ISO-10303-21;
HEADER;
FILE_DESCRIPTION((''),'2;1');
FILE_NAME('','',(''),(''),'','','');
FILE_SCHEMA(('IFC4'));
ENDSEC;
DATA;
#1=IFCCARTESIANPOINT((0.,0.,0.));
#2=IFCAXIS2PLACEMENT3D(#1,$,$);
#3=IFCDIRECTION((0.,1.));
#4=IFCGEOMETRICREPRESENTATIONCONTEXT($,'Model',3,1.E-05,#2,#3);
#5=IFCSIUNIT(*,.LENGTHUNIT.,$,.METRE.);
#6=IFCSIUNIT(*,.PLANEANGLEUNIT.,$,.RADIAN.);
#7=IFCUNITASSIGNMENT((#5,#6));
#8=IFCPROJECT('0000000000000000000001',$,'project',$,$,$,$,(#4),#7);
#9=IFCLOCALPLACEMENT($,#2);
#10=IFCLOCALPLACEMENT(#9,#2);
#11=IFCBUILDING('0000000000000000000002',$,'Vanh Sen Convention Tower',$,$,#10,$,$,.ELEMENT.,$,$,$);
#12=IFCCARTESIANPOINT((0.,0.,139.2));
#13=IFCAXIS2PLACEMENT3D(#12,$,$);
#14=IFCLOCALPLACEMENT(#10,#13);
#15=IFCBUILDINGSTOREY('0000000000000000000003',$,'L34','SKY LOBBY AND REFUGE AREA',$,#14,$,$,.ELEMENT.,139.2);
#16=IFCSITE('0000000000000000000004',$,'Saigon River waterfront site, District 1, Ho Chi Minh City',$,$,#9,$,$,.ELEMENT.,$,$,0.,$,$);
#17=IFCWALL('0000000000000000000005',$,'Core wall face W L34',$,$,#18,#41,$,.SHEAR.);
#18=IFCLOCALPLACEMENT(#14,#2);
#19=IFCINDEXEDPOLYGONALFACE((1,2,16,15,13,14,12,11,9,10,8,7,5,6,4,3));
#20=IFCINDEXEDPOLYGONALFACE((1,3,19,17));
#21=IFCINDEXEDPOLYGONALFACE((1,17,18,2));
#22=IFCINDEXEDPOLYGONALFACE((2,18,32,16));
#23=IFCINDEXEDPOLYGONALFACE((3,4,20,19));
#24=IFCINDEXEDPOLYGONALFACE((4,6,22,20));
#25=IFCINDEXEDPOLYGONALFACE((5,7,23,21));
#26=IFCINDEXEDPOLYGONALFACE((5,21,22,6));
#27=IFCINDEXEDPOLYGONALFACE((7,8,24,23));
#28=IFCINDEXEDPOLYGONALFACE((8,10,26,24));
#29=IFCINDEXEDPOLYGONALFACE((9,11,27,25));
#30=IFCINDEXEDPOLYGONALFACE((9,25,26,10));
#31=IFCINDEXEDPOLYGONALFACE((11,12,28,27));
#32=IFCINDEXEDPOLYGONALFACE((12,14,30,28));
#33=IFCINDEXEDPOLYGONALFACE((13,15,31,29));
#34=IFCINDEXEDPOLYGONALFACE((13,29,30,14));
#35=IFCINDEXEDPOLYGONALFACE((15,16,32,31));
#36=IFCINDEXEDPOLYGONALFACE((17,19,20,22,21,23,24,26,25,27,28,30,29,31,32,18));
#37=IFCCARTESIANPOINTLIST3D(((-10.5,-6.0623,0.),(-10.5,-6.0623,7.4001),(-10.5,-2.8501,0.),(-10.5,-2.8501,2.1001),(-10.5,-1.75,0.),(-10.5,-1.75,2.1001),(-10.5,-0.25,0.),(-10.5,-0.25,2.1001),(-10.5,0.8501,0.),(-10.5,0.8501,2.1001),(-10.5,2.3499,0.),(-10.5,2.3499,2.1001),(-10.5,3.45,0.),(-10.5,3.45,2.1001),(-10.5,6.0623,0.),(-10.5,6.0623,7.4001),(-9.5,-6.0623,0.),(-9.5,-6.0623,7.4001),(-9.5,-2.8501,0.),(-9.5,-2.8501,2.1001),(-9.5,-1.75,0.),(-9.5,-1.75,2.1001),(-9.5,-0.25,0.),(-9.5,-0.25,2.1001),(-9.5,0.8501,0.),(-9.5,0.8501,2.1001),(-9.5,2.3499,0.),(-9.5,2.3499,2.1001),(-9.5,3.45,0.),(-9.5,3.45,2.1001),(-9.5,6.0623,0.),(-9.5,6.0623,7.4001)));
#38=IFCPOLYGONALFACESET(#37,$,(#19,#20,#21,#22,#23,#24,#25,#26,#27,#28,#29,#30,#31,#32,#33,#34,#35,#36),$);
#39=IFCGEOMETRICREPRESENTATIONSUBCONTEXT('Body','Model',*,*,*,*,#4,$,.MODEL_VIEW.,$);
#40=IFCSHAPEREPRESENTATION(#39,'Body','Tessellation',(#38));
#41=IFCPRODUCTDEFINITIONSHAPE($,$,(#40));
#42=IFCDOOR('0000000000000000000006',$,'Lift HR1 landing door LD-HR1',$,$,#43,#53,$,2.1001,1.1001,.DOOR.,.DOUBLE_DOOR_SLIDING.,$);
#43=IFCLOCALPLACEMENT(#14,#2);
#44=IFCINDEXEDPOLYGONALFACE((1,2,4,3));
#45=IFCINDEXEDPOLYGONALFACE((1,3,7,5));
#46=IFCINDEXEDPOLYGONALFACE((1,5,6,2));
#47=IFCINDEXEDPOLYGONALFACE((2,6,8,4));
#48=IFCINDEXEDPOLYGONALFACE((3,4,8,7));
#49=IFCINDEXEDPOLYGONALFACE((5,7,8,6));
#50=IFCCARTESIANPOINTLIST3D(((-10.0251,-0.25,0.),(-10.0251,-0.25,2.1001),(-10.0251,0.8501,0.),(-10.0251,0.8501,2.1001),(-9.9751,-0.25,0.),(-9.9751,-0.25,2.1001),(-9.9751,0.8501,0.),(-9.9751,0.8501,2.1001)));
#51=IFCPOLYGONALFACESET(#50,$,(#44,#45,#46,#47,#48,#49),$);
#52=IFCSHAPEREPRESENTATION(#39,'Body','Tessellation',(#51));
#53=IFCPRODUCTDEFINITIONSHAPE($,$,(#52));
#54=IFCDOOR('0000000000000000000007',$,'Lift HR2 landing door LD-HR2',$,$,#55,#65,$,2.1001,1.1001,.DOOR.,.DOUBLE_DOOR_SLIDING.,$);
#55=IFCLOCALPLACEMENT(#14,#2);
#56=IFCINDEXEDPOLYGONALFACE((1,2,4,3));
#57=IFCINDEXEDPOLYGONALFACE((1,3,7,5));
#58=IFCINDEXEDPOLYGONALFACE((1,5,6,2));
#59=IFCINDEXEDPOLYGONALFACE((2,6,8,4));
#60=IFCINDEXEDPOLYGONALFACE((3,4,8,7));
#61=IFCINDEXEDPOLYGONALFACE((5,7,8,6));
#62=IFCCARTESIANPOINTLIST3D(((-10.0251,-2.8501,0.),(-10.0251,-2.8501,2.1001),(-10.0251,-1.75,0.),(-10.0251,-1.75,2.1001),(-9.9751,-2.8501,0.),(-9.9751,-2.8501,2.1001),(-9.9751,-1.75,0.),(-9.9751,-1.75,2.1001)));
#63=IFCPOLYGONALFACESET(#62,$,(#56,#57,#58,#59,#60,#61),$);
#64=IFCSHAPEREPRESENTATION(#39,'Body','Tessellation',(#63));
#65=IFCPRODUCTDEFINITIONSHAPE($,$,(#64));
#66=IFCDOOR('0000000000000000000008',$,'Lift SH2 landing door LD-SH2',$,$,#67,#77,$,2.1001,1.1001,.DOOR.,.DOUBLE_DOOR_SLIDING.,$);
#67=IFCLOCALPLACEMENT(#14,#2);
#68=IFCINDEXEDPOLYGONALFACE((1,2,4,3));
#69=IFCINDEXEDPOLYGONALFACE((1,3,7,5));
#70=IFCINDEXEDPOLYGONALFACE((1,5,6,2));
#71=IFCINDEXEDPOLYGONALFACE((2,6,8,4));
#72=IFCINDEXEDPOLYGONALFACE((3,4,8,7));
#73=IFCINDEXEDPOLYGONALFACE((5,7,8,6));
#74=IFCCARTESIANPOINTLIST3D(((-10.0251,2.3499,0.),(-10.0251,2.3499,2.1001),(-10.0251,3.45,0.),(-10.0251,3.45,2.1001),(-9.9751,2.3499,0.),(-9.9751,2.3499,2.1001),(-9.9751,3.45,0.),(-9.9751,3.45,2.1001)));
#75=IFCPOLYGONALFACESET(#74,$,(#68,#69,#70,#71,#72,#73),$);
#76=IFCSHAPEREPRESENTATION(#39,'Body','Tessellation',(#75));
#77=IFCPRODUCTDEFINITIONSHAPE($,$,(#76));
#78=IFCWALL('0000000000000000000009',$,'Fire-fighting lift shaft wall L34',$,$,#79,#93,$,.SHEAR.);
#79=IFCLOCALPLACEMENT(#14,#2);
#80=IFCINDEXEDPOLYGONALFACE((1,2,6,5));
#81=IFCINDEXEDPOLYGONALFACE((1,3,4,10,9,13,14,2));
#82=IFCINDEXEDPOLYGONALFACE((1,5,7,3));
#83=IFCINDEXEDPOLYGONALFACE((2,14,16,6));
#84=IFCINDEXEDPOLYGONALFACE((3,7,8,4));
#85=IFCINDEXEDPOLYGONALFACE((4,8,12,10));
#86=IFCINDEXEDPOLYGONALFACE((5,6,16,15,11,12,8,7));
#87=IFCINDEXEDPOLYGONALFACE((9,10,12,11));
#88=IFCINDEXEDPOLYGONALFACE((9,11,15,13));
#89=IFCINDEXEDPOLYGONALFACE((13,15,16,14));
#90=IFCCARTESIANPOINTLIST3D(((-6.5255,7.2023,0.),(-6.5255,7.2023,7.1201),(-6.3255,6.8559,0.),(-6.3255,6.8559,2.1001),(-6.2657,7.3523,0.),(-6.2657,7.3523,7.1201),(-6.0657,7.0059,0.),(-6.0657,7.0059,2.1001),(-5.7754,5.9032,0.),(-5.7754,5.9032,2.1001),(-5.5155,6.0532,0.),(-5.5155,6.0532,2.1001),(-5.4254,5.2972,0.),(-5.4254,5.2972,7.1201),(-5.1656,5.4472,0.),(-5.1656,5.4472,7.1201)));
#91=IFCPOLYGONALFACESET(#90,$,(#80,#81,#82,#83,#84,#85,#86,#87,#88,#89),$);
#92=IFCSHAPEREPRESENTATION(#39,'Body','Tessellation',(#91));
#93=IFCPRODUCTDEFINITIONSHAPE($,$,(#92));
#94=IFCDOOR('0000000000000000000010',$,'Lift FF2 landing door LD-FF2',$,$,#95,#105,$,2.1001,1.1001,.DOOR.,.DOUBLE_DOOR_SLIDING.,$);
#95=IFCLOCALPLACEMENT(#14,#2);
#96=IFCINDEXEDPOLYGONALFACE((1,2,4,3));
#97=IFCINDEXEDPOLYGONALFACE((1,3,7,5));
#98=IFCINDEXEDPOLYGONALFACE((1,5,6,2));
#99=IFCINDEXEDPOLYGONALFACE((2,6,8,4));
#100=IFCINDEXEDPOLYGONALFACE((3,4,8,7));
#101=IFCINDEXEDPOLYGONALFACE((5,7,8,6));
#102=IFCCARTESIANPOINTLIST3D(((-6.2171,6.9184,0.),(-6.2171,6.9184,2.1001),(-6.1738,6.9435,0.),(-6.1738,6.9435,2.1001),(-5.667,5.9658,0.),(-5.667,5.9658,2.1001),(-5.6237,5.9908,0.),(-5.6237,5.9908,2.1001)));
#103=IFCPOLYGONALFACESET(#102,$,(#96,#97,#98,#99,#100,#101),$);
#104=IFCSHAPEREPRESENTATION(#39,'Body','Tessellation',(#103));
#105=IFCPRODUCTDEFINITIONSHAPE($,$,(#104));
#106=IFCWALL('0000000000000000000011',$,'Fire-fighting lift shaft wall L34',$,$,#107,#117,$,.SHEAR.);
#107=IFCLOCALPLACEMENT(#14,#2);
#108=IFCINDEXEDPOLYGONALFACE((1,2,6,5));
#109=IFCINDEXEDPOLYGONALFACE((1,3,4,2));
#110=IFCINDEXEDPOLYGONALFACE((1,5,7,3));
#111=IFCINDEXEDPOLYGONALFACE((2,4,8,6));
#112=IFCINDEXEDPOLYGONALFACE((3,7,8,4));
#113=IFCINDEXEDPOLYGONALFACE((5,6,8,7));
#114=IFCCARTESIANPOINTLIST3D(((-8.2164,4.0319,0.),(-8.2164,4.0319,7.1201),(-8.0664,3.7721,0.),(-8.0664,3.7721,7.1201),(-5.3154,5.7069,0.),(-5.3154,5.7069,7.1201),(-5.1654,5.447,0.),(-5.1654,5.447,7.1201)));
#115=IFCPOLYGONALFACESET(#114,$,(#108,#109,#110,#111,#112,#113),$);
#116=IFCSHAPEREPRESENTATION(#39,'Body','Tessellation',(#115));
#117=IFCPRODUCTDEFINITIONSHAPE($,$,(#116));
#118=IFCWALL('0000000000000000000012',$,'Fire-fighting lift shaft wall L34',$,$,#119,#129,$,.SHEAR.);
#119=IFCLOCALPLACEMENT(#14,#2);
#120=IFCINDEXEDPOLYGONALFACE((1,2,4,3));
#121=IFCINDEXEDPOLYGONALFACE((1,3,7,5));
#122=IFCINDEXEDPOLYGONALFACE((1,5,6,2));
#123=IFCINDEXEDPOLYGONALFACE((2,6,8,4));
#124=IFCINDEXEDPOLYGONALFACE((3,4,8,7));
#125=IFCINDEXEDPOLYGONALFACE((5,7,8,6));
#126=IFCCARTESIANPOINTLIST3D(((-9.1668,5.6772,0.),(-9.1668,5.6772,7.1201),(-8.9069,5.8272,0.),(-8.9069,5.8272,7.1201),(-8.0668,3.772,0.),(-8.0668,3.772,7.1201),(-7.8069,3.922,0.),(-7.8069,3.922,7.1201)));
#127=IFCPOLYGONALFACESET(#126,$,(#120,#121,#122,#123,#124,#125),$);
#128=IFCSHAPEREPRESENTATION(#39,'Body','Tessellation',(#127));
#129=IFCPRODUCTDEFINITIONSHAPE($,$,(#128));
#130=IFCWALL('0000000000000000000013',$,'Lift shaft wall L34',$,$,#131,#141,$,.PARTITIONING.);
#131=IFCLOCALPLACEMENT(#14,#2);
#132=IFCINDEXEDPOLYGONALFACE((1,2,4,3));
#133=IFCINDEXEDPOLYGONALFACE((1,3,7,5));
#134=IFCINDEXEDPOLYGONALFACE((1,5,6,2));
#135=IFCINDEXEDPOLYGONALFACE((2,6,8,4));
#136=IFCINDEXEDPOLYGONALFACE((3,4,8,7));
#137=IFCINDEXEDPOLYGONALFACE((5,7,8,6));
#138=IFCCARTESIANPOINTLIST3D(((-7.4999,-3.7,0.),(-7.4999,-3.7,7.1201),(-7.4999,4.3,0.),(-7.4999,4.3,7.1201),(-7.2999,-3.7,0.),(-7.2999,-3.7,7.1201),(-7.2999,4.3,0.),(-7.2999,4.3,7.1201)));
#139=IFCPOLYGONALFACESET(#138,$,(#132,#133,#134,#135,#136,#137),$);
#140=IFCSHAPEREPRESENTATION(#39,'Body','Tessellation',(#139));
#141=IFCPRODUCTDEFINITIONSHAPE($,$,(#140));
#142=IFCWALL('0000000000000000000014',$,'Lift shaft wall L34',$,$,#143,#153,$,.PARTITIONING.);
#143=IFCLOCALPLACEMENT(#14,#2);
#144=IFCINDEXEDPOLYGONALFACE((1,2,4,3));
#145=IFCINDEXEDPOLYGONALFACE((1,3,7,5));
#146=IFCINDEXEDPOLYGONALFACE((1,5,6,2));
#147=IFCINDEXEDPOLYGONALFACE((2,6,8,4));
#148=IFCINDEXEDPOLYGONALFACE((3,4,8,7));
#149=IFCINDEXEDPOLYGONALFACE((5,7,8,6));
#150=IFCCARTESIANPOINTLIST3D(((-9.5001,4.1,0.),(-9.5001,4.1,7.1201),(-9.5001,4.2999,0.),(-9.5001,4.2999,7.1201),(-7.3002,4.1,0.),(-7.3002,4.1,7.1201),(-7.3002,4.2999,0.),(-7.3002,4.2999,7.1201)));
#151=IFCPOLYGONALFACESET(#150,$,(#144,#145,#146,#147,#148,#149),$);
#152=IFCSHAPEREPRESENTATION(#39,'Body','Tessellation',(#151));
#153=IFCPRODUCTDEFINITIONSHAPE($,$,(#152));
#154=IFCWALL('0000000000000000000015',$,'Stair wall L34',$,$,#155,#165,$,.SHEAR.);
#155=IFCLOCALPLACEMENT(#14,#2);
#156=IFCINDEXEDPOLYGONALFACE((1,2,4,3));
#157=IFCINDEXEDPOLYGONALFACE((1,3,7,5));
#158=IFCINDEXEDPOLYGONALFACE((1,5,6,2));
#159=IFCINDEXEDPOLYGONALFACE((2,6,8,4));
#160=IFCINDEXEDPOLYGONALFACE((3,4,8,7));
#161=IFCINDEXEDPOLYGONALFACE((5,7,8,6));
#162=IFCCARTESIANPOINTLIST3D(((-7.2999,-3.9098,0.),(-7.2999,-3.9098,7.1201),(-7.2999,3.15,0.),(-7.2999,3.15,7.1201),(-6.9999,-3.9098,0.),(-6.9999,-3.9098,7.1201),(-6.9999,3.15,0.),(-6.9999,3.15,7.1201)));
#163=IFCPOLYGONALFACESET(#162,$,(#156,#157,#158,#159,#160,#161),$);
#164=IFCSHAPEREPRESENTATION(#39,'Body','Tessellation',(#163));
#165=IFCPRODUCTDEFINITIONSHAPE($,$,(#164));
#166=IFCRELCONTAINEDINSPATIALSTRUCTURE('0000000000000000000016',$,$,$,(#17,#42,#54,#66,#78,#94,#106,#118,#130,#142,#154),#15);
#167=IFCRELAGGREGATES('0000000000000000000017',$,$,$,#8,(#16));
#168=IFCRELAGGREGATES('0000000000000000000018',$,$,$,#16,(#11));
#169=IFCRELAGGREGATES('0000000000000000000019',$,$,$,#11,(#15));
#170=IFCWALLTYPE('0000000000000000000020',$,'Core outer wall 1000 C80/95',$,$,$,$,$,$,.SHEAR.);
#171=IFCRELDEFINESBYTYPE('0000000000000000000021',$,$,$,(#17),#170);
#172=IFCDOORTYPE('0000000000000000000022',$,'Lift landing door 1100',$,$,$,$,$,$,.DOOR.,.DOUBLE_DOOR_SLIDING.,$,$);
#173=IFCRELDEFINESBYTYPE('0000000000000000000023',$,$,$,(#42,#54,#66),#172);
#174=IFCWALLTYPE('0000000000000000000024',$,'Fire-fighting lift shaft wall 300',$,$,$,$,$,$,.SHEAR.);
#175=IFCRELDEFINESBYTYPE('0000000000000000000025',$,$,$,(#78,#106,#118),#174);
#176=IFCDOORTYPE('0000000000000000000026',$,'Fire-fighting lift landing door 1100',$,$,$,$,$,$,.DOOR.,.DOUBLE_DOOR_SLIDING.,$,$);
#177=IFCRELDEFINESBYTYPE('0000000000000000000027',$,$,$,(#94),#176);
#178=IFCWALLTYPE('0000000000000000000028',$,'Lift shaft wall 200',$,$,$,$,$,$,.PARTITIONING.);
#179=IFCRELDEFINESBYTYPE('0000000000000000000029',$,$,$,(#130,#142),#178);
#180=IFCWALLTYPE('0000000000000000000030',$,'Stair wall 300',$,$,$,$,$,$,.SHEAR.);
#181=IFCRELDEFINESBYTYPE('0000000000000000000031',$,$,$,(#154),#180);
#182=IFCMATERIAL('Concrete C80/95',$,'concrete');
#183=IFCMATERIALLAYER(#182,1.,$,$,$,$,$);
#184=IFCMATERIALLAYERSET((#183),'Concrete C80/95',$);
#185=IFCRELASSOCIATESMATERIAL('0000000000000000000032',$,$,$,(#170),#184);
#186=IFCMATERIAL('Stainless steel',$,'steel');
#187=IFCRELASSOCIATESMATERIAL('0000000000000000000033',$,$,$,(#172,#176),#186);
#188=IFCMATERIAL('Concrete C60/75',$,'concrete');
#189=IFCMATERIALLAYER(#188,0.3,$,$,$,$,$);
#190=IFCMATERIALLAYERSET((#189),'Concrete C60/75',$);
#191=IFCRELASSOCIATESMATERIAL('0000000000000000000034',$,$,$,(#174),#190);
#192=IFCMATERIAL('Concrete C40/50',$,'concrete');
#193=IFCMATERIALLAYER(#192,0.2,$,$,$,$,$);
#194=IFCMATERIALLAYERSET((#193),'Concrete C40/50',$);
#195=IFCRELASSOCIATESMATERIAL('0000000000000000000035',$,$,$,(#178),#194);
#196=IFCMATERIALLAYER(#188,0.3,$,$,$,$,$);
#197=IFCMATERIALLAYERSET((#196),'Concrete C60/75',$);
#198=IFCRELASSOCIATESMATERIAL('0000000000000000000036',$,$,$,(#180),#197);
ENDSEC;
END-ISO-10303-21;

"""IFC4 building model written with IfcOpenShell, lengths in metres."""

from ifc_helpers import new_model, si_unit, direction, frame, frame_2d, origin, place, context, subcontext, project, spatial, rectangle, extrude, material, layer, layer_set, type_object, element, fill, save


model = new_model("IFC4")

# Units and contexts
model_context = context("Model", 3, precision=1e-05, world=origin(), true_north=direction((0.0, 1.0)))
body_context = subcontext(model_context, "Body", "Model", "MODEL_VIEW")
ifc_project = project(units=[si_unit("LENGTHUNIT", "METRE"), si_unit("PLANEANGLEUNIT", "RADIAN")], contexts=[model_context])

# Site, building, storey
site_placement = place(None, origin())
site = spatial("IfcSite", under=ifc_project, at=site_placement, Name="Saigon River waterfront site, District 1, Ho Chi Minh City", CompositionType="ELEMENT", RefElevation=0.0)
building_placement = place(site_placement, origin())
building = spatial("IfcBuilding", under=site, at=building_placement, Name="Vanh Sen Convention Tower", CompositionType="ELEMENT")
storey_placement = place(building_placement, frame((0.0, 0.0, 139.2)))
storey = spatial("IfcBuildingStorey", under=building, at=storey_placement, Name="L34", Description="SKY LOBBY AND REFUGE AREA", CompositionType="ELEMENT", Elevation=139.2)

# Wall, openings, doors
ifc_material_1 = material(Name="Concrete C80/95", Category="concrete")
ifc_layer_1 = layer(ifc_material_1, 1.0)
ifc_layer_set_1 = layer_set([ifc_layer_1], Name="Concrete C80/95")
wall_type_1 = type_object("IfcWallType", Name="Core outer wall 1000 C80/95", PredefinedType="SHEAR", material=ifc_layer_set_1)
wall_1_placement = place(storey_placement, frame((-10.0, 6.0623, 0.0), z_axis=(0.0, 0.0, 1.0), x_axis=(0.0, -1.0, 0.0)))
wall_1 = element("IfcWall", 1, at=wall_1_placement, inside=storey, type_object=wall_type_1, Name="Core wall face W L34", PredefinedType="SHEAR", context=body_context, shape_type="SweptSolid", body=[
    extrude(rectangle(XDim=12.1245, YDim=1.0, at=frame_2d((6.0623, 0.0))), origin(), (0.0, 0.0, 1.0), 7.4001),
])
opening_1_placement = place(wall_1_placement, frame((5.2122, 0.0, 0.0)))
opening_1 = element("IfcOpeningElement", 2, at=opening_1_placement, cuts=wall_1, PredefinedType="OPENING", context=body_context, shape_type="SweptSolid", body=[
    extrude(rectangle(XDim=1.1001, YDim=2.1001, at=frame_2d((0.55, 1.05))), frame((0.0, 0.51, 0.0), z_axis=(0.0, -1.0, 0.0), x_axis=(1.0, 0.0, 0.0)), (0.0, 0.0, 1.0), 1.02),
])
opening_2_placement = place(wall_1_placement, frame((7.8123, 0.0, 0.0)))
opening_2 = element("IfcOpeningElement", 3, at=opening_2_placement, cuts=wall_1, PredefinedType="OPENING", context=body_context, shape_type="SweptSolid", body=[
    extrude(rectangle(XDim=1.1001, YDim=2.1001, at=frame_2d((0.55, 1.05))), frame((0.0, 0.51, 0.0), z_axis=(0.0, -1.0, 0.0), x_axis=(1.0, 0.0, 0.0)), (0.0, 0.0, 1.0), 1.02),
])
opening_3_placement = place(wall_1_placement, frame((2.6123, 0.0, 0.0)))
opening_3 = element("IfcOpeningElement", 4, at=opening_3_placement, cuts=wall_1, PredefinedType="OPENING", context=body_context, shape_type="SweptSolid", body=[
    extrude(rectangle(XDim=1.1001, YDim=2.1001, at=frame_2d((0.55, 1.05))), frame((0.0, 0.51, 0.0), z_axis=(0.0, -1.0, 0.0), x_axis=(1.0, 0.0, 0.0)), (0.0, 0.0, 1.0), 1.02),
])
ifc_material_2 = material(Name="Stainless steel", Category="steel")
door_type_1 = type_object("IfcDoorType", Name="Lift landing door 1100", OperationType="DOUBLE_DOOR_SLIDING", PredefinedType="DOOR", material=ifc_material_2)
door_1_placement = place(opening_1_placement, origin())
door_1 = element("IfcDoor", 5, at=door_1_placement, inside=storey, type_object=door_type_1, Name="Lift HR1 landing door LD-HR1", OperationType="DOUBLE_DOOR_SLIDING", OverallHeight=2.1001, OverallWidth=1.1001, PredefinedType="DOOR", context=body_context, shape_type="SweptSolid", body=[
    extrude(rectangle(XDim=1.1001, YDim=2.1001, at=frame_2d((0.55, 1.05))), frame((0.0, 0.0249, 0.0), z_axis=(0.0, -1.0, 0.0), x_axis=(1.0, 0.0, 0.0)), (0.0, 0.0, 1.0), 0.05),
])
fill(opening_1, door_1)
door_2_placement = place(opening_2_placement, origin())
door_2 = element("IfcDoor", 6, at=door_2_placement, inside=storey, type_object=door_type_1, Name="Lift HR2 landing door LD-HR2", OperationType="DOUBLE_DOOR_SLIDING", OverallHeight=2.1001, OverallWidth=1.1001, PredefinedType="DOOR", context=body_context, shape_type="SweptSolid", body=[
    extrude(rectangle(XDim=1.1001, YDim=2.1001, at=frame_2d((0.55, 1.05))), frame((0.0, 0.0249, 0.0), z_axis=(0.0, -1.0, 0.0), x_axis=(1.0, 0.0, 0.0)), (0.0, 0.0, 1.0), 0.05),
])
fill(opening_2, door_2)
door_3_placement = place(opening_3_placement, origin())
door_3 = element("IfcDoor", 7, at=door_3_placement, inside=storey, type_object=door_type_1, Name="Lift SH2 landing door LD-SH2", OperationType="DOUBLE_DOOR_SLIDING", OverallHeight=2.1001, OverallWidth=1.1001, PredefinedType="DOOR", context=body_context, shape_type="SweptSolid", body=[
    extrude(rectangle(XDim=1.1001, YDim=2.1001, at=frame_2d((0.55, 1.05))), frame((0.0, 0.0249, 0.0), z_axis=(0.0, -1.0, 0.0), x_axis=(1.0, 0.0, 0.0)), (0.0, 0.0, 1.0), 0.05),
])
fill(opening_3, door_3)

# Wall, opening, door
ifc_material_3 = material(Name="Concrete C60/75", Category="concrete")
ifc_layer_2 = layer(ifc_material_3, 0.3)
ifc_layer_set_2 = layer_set([ifc_layer_2], Name="Concrete C60/75")
wall_type_2 = type_object("IfcWallType", Name="Fire-fighting lift shaft wall 300", PredefinedType="SHEAR", material=ifc_layer_set_2)
wall_2_placement = place(storey_placement, frame((-5.2954, 5.3721, 0.0), z_axis=(0.0, 0.0, 1.0), x_axis=(-0.500078, 0.86598, 0.0)))
wall_2 = element("IfcWall", 8, at=wall_2_placement, inside=storey, type_object=wall_type_2, Name="Fire-fighting lift shaft wall L34", PredefinedType="SHEAR", context=body_context, shape_type="SweptSolid", body=[
    extrude(rectangle(XDim=2.2, YDim=0.3, at=frame_2d((1.1001, 0.0))), origin(), (0.0, 0.0, 1.0), 7.1201),
])
opening_4_placement = place(wall_2_placement, frame((0.7, 0.0, 0.0)))
opening_4 = element("IfcOpeningElement", 9, at=opening_4_placement, cuts=wall_2, PredefinedType="OPENING", context=body_context, shape_type="SweptSolid", body=[
    extrude(rectangle(XDim=1.1001, YDim=2.1001, at=frame_2d((0.55, 1.05))), frame((0.0, 0.1599, 0.0), z_axis=(0.0, -1.0, 0.0), x_axis=(1.0, 0.0, 0.0)), (0.0, 0.0, 1.0), 0.3201),
])
door_type_2 = type_object("IfcDoorType", Name="Fire-fighting lift landing door 1100", OperationType="DOUBLE_DOOR_SLIDING", PredefinedType="DOOR", material=ifc_material_2)
door_4_placement = place(opening_4_placement, origin())
door_4 = element("IfcDoor", 10, at=door_4_placement, inside=storey, type_object=door_type_2, Name="Lift FF2 landing door LD-FF2", OperationType="DOUBLE_DOOR_SLIDING", OverallHeight=2.1001, OverallWidth=1.1001, PredefinedType="DOOR", context=body_context, shape_type="SweptSolid", body=[
    extrude(rectangle(XDim=1.1001, YDim=2.1001, at=frame_2d((0.55, 1.05))), frame((0.0, 0.0249, 0.0), z_axis=(0.0, -1.0, 0.0), x_axis=(1.0, 0.0, 0.0)), (0.0, 0.0, 1.0), 0.05),
])
fill(opening_4, door_4)

# Walls
wall_3_placement = place(storey_placement, frame((-5.2405, 5.5769, 0.0), z_axis=(0.0, 0.0, 1.0), x_axis=(-0.866014, -0.500019, 0.0)))
element("IfcWall", 11, at=wall_3_placement, inside=storey, type_object=wall_type_2, Name="Fire-fighting lift shaft wall L34", PredefinedType="SHEAR", context=body_context, shape_type="SweptSolid", body=[
    extrude(rectangle(XDim=3.3499, YDim=0.3, at=frame_2d((1.6748, 0.0))), origin(), (0.0, 0.0, 1.0), 7.1201),
])
wall_4_placement = place(storey_placement, frame((-7.9368, 3.8469, 0.0), z_axis=(0.0, 0.0, 1.0), x_axis=(-0.50003, 0.866008, 0.0)))
element("IfcWall", 12, at=wall_4_placement, inside=storey, type_object=wall_type_2, Name="Fire-fighting lift shaft wall L34", PredefinedType="SHEAR", context=body_context, shape_type="SweptSolid", body=[
    extrude(rectangle(XDim=2.2, YDim=0.3, at=frame_2d((1.1001, 0.0))), origin(), (0.0, 0.0, 1.0), 7.1201),
])
ifc_material_4 = material(Name="Concrete C40/50", Category="concrete")
ifc_layer_3 = layer(ifc_material_4, 0.2)
ifc_layer_set_3 = layer_set([ifc_layer_3], Name="Concrete C40/50")
wall_type_3 = type_object("IfcWallType", Name="Lift shaft wall 200", PredefinedType="PARTITIONING", material=ifc_layer_set_3)
wall_5_placement = place(storey_placement, frame((-7.3999, 4.3, 0.0), z_axis=(0.0, 0.0, 1.0), x_axis=(0.0, -1.0, 0.0)))
element("IfcWall", 13, at=wall_5_placement, inside=storey, type_object=wall_type_3, Name="Lift shaft wall L34", PredefinedType="PARTITIONING", context=body_context, shape_type="SweptSolid", body=[
    extrude(rectangle(XDim=8.0, YDim=0.2, at=frame_2d((4.0, 0.0))), origin(), (0.0, 0.0, 1.0), 7.1201),
])
wall_6_placement = place(storey_placement, frame((-7.3, 4.2, 0.0), z_axis=(0.0, 0.0, 1.0), x_axis=(-1.0, 0.0, 0.0)))
element("IfcWall", 14, at=wall_6_placement, inside=storey, type_object=wall_type_3, Name="Lift shaft wall L34", PredefinedType="PARTITIONING", context=body_context, shape_type="SweptSolid", body=[
    extrude(rectangle(XDim=2.2, YDim=0.2, at=frame_2d((1.1001, 0.0))), origin(), (0.0, 0.0, 1.0), 7.1201),
])
ifc_layer_4 = layer(ifc_material_3, 0.3)
ifc_layer_set_4 = layer_set([ifc_layer_4], Name="Concrete C60/75")
wall_type_4 = type_object("IfcWallType", Name="Stair wall 300", PredefinedType="SHEAR", material=ifc_layer_set_4)
wall_7_placement = place(storey_placement, frame((-7.1499, 3.1499, 0.0), z_axis=(0.0, 0.0, 1.0), x_axis=(0.0, -1.0, 0.0)))
element("IfcWall", 15, at=wall_7_placement, inside=storey, type_object=wall_type_4, Name="Stair wall L34", PredefinedType="SHEAR", context=body_context, shape_type="SweptSolid", body=[
    extrude(rectangle(XDim=7.0598, YDim=0.3, at=frame_2d((3.5298, 0.0))), origin(), (0.0, 0.0, 1.0), 7.1201),
])

save(model, "model.ifc")
